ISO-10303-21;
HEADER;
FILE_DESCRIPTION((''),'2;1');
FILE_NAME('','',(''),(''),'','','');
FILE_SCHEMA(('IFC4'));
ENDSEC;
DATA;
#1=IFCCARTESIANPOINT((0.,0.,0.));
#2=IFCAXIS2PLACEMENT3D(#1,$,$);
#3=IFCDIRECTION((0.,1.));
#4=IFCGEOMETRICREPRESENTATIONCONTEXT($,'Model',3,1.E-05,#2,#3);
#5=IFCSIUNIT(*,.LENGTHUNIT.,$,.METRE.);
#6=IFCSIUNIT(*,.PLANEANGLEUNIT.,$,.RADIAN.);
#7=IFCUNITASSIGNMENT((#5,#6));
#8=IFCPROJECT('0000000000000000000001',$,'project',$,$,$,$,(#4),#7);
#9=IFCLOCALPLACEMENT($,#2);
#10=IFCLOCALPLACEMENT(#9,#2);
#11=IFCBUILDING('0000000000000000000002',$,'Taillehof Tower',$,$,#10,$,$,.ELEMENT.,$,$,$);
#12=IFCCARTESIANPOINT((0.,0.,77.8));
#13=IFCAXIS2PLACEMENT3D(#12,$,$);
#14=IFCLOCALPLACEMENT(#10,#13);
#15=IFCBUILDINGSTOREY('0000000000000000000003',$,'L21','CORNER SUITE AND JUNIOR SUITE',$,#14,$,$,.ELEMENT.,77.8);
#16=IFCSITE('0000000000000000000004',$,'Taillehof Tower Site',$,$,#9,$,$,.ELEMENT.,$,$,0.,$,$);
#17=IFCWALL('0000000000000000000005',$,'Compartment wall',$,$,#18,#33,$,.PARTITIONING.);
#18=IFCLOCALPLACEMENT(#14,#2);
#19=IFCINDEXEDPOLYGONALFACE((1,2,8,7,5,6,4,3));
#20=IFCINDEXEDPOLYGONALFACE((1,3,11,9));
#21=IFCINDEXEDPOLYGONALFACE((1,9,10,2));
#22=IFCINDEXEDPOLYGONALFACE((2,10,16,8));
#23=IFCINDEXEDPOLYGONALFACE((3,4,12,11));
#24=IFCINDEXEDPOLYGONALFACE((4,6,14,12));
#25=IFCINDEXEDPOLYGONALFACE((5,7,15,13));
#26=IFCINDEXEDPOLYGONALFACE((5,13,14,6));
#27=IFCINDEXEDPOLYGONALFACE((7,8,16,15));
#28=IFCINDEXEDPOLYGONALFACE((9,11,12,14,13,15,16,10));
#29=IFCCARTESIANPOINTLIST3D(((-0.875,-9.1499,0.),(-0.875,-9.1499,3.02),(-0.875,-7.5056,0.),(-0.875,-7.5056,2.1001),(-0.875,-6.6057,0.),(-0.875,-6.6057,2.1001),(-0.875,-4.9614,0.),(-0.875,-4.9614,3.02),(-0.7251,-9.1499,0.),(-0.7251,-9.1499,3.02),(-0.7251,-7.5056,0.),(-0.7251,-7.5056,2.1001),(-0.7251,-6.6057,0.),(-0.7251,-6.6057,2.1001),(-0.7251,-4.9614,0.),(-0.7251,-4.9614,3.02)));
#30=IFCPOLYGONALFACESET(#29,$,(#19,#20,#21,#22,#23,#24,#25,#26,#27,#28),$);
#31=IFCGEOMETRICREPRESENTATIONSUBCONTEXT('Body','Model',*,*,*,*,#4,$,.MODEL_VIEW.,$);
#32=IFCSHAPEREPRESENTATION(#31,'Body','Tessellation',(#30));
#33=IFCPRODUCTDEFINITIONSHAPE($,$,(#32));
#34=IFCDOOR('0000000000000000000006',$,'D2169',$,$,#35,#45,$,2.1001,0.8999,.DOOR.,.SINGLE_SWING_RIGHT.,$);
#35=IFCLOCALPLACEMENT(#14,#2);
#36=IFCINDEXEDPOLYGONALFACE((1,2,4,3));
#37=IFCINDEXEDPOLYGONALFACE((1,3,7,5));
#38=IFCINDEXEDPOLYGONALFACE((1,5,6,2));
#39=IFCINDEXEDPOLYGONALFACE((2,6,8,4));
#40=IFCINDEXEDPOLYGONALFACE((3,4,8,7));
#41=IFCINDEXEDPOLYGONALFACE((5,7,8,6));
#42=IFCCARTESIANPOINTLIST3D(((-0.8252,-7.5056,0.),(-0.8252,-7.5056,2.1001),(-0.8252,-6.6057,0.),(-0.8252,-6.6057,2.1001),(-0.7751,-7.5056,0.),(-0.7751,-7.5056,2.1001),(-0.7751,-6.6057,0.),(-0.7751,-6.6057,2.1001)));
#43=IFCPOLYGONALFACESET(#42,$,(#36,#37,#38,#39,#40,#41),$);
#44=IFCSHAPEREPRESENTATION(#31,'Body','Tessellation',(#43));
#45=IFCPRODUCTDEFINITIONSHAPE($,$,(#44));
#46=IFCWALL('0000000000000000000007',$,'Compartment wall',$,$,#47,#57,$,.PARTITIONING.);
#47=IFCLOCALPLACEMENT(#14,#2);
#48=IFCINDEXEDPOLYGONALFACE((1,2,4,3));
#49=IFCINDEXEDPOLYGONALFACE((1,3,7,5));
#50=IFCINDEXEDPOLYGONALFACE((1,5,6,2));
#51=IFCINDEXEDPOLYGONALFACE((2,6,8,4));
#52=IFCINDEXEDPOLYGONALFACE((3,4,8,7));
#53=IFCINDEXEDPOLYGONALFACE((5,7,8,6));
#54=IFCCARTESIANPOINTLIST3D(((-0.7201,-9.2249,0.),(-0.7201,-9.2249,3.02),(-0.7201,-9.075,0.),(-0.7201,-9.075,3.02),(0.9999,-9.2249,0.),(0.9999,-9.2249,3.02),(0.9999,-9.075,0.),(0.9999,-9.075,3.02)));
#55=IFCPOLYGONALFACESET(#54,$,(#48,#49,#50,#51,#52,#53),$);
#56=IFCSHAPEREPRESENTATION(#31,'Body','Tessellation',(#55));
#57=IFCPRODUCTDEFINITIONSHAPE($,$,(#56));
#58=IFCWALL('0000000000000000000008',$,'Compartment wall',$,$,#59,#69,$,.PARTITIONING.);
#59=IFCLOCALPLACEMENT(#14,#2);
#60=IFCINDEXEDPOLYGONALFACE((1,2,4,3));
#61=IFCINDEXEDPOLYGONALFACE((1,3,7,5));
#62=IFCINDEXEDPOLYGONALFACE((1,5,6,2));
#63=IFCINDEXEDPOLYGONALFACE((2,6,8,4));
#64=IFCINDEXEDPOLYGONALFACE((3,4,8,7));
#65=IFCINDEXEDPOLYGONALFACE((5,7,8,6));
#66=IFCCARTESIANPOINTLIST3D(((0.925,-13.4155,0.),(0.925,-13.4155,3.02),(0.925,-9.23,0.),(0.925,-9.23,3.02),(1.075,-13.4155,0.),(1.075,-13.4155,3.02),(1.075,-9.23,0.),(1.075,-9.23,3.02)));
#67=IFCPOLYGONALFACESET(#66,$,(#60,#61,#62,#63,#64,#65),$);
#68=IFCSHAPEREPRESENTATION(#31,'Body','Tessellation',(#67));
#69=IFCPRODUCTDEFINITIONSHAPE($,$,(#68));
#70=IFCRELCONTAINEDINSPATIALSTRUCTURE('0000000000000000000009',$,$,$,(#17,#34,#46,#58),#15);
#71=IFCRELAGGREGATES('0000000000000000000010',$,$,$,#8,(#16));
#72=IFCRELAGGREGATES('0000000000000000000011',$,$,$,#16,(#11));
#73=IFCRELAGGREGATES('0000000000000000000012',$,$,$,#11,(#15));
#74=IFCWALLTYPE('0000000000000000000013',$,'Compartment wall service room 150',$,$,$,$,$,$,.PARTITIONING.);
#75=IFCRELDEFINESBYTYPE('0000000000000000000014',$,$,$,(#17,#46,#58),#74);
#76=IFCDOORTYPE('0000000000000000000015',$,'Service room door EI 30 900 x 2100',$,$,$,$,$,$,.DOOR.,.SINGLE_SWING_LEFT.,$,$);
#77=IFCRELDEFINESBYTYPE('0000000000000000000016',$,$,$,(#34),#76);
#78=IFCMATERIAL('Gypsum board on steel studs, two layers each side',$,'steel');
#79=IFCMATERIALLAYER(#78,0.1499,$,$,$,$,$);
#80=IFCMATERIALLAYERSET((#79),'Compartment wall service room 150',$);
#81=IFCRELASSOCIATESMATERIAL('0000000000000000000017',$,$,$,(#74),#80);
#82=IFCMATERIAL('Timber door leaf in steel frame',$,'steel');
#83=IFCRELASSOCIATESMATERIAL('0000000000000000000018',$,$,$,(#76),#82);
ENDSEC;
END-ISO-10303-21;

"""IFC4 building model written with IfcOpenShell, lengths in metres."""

from ifc_helpers import new_model, si_unit, direction, frame, frame_2d, origin, place, context, subcontext, project, spatial, rectangle, extrude, material, layer, layer_set, type_object, element, fill, save


model = new_model("IFC4")

# Units and contexts
model_context = context("Model", 3, precision=1e-05, world=origin(), true_north=direction((0.0, 1.0)))
body_context = subcontext(model_context, "Body", "Model", "MODEL_VIEW")
ifc_project = project(units=[si_unit("LENGTHUNIT", "METRE"), si_unit("PLANEANGLEUNIT", "RADIAN")], contexts=[model_context])

# Site, building, storey
site_placement = place(None, origin())
site = spatial("IfcSite", under=ifc_project, at=site_placement, Name="Taillehof Tower Site", CompositionType="ELEMENT", RefElevation=0.0)
building_placement = place(site_placement, origin())
building = spatial("IfcBuilding", under=site, at=building_placement, Name="Taillehof Tower", CompositionType="ELEMENT")
storey_placement = place(building_placement, frame((0.0, 0.0, 77.8)))
storey = spatial("IfcBuildingStorey", under=building, at=storey_placement, Name="L21", Description="CORNER SUITE AND JUNIOR SUITE", CompositionType="ELEMENT", Elevation=77.8)

# Wall, opening, door
ifc_material_1 = material(Name="Gypsum board on steel studs, two layers each side", Category="steel")
ifc_layer_1 = layer(ifc_material_1, 0.1499)
ifc_layer_set_1 = layer_set([ifc_layer_1], Name="Compartment wall service room 150")
wall_type_1 = type_object("IfcWallType", Name="Compartment wall service room 150", PredefinedType="PARTITIONING", material=ifc_layer_set_1)
wall_1_placement = place(storey_placement, frame((-0.8, -4.9614, 0.0), z_axis=(0.0, 0.0, 1.0), x_axis=(0.0, -1.0, 0.0)))
wall_1 = element("IfcWall", 1, at=wall_1_placement, inside=storey, type_object=wall_type_1, Name="Compartment wall", PredefinedType="PARTITIONING", context=body_context, shape_type="SweptSolid", body=[
    extrude(rectangle(XDim=4.1885, YDim=0.1499, at=frame_2d((2.0942, 0.0))), origin(), (0.0, 0.0, 1.0), 3.02),
])
opening_1_placement = place(wall_1_placement, frame((1.6443, 0.0, 0.0)))
opening_1 = element("IfcOpeningElement", 2, at=opening_1_placement, cuts=wall_1, PredefinedType="OPENING", context=body_context, shape_type="SweptSolid", body=[
    extrude(rectangle(XDim=0.8999, YDim=2.1001, at=frame_2d((0.45, 1.05))), frame((0.0, 0.085, 0.0), z_axis=(0.0, -1.0, 0.0), x_axis=(1.0, 0.0, 0.0)), (0.0, 0.0, 1.0), 0.1699),
])
ifc_material_2 = material(Name="Timber door leaf in steel frame", Category="steel")
door_type_1 = type_object("IfcDoorType", Name="Service room door EI 30 900 x 2100", OperationType="SINGLE_SWING_LEFT", PredefinedType="DOOR", material=ifc_material_2)
door_1_placement = place(opening_1_placement, origin())
door_1 = element("IfcDoor", 3, at=door_1_placement, inside=storey, type_object=door_type_1, Name="D2169", OperationType="SINGLE_SWING_RIGHT", OverallHeight=2.1001, OverallWidth=0.8999, PredefinedType="DOOR", context=body_context, shape_type="SweptSolid", body=[
    extrude(rectangle(XDim=0.8999, YDim=2.1001, at=frame_2d((0.45, 1.05))), frame((0.0, 0.0249, 0.0), z_axis=(0.0, -1.0, 0.0), x_axis=(1.0, 0.0, 0.0)), (0.0, 0.0, 1.0), 0.05),
])
fill(opening_1, door_1)

# Walls
wall_2_placement = place(storey_placement, frame((-0.72, -9.1499, 0.0), z_axis=(0.0, 0.0, 1.0), x_axis=(1.0, 0.0, 0.0)))
element("IfcWall", 4, at=wall_2_placement, inside=storey, type_object=wall_type_1, Name="Compartment wall", PredefinedType="PARTITIONING", context=body_context, shape_type="SweptSolid", body=[
    extrude(rectangle(XDim=1.72, YDim=0.1499, at=frame_2d((0.8599, 0.0))), origin(), (0.0, 0.0, 1.0), 3.02),
])
wall_3_placement = place(storey_placement, frame((1.0, -9.23, 0.0), z_axis=(0.0, 0.0, 1.0), x_axis=(0.0, -1.0, 0.0)))
element("IfcWall", 5, at=wall_3_placement, inside=storey, type_object=wall_type_1, Name="Compartment wall", PredefinedType="PARTITIONING", context=body_context, shape_type="SweptSolid", body=[
    extrude(rectangle(XDim=4.1855, YDim=0.1499, at=frame_2d((2.0928, 0.0))), origin(), (0.0, 0.0, 1.0), 3.02),
])

save(model, "model.ifc")
